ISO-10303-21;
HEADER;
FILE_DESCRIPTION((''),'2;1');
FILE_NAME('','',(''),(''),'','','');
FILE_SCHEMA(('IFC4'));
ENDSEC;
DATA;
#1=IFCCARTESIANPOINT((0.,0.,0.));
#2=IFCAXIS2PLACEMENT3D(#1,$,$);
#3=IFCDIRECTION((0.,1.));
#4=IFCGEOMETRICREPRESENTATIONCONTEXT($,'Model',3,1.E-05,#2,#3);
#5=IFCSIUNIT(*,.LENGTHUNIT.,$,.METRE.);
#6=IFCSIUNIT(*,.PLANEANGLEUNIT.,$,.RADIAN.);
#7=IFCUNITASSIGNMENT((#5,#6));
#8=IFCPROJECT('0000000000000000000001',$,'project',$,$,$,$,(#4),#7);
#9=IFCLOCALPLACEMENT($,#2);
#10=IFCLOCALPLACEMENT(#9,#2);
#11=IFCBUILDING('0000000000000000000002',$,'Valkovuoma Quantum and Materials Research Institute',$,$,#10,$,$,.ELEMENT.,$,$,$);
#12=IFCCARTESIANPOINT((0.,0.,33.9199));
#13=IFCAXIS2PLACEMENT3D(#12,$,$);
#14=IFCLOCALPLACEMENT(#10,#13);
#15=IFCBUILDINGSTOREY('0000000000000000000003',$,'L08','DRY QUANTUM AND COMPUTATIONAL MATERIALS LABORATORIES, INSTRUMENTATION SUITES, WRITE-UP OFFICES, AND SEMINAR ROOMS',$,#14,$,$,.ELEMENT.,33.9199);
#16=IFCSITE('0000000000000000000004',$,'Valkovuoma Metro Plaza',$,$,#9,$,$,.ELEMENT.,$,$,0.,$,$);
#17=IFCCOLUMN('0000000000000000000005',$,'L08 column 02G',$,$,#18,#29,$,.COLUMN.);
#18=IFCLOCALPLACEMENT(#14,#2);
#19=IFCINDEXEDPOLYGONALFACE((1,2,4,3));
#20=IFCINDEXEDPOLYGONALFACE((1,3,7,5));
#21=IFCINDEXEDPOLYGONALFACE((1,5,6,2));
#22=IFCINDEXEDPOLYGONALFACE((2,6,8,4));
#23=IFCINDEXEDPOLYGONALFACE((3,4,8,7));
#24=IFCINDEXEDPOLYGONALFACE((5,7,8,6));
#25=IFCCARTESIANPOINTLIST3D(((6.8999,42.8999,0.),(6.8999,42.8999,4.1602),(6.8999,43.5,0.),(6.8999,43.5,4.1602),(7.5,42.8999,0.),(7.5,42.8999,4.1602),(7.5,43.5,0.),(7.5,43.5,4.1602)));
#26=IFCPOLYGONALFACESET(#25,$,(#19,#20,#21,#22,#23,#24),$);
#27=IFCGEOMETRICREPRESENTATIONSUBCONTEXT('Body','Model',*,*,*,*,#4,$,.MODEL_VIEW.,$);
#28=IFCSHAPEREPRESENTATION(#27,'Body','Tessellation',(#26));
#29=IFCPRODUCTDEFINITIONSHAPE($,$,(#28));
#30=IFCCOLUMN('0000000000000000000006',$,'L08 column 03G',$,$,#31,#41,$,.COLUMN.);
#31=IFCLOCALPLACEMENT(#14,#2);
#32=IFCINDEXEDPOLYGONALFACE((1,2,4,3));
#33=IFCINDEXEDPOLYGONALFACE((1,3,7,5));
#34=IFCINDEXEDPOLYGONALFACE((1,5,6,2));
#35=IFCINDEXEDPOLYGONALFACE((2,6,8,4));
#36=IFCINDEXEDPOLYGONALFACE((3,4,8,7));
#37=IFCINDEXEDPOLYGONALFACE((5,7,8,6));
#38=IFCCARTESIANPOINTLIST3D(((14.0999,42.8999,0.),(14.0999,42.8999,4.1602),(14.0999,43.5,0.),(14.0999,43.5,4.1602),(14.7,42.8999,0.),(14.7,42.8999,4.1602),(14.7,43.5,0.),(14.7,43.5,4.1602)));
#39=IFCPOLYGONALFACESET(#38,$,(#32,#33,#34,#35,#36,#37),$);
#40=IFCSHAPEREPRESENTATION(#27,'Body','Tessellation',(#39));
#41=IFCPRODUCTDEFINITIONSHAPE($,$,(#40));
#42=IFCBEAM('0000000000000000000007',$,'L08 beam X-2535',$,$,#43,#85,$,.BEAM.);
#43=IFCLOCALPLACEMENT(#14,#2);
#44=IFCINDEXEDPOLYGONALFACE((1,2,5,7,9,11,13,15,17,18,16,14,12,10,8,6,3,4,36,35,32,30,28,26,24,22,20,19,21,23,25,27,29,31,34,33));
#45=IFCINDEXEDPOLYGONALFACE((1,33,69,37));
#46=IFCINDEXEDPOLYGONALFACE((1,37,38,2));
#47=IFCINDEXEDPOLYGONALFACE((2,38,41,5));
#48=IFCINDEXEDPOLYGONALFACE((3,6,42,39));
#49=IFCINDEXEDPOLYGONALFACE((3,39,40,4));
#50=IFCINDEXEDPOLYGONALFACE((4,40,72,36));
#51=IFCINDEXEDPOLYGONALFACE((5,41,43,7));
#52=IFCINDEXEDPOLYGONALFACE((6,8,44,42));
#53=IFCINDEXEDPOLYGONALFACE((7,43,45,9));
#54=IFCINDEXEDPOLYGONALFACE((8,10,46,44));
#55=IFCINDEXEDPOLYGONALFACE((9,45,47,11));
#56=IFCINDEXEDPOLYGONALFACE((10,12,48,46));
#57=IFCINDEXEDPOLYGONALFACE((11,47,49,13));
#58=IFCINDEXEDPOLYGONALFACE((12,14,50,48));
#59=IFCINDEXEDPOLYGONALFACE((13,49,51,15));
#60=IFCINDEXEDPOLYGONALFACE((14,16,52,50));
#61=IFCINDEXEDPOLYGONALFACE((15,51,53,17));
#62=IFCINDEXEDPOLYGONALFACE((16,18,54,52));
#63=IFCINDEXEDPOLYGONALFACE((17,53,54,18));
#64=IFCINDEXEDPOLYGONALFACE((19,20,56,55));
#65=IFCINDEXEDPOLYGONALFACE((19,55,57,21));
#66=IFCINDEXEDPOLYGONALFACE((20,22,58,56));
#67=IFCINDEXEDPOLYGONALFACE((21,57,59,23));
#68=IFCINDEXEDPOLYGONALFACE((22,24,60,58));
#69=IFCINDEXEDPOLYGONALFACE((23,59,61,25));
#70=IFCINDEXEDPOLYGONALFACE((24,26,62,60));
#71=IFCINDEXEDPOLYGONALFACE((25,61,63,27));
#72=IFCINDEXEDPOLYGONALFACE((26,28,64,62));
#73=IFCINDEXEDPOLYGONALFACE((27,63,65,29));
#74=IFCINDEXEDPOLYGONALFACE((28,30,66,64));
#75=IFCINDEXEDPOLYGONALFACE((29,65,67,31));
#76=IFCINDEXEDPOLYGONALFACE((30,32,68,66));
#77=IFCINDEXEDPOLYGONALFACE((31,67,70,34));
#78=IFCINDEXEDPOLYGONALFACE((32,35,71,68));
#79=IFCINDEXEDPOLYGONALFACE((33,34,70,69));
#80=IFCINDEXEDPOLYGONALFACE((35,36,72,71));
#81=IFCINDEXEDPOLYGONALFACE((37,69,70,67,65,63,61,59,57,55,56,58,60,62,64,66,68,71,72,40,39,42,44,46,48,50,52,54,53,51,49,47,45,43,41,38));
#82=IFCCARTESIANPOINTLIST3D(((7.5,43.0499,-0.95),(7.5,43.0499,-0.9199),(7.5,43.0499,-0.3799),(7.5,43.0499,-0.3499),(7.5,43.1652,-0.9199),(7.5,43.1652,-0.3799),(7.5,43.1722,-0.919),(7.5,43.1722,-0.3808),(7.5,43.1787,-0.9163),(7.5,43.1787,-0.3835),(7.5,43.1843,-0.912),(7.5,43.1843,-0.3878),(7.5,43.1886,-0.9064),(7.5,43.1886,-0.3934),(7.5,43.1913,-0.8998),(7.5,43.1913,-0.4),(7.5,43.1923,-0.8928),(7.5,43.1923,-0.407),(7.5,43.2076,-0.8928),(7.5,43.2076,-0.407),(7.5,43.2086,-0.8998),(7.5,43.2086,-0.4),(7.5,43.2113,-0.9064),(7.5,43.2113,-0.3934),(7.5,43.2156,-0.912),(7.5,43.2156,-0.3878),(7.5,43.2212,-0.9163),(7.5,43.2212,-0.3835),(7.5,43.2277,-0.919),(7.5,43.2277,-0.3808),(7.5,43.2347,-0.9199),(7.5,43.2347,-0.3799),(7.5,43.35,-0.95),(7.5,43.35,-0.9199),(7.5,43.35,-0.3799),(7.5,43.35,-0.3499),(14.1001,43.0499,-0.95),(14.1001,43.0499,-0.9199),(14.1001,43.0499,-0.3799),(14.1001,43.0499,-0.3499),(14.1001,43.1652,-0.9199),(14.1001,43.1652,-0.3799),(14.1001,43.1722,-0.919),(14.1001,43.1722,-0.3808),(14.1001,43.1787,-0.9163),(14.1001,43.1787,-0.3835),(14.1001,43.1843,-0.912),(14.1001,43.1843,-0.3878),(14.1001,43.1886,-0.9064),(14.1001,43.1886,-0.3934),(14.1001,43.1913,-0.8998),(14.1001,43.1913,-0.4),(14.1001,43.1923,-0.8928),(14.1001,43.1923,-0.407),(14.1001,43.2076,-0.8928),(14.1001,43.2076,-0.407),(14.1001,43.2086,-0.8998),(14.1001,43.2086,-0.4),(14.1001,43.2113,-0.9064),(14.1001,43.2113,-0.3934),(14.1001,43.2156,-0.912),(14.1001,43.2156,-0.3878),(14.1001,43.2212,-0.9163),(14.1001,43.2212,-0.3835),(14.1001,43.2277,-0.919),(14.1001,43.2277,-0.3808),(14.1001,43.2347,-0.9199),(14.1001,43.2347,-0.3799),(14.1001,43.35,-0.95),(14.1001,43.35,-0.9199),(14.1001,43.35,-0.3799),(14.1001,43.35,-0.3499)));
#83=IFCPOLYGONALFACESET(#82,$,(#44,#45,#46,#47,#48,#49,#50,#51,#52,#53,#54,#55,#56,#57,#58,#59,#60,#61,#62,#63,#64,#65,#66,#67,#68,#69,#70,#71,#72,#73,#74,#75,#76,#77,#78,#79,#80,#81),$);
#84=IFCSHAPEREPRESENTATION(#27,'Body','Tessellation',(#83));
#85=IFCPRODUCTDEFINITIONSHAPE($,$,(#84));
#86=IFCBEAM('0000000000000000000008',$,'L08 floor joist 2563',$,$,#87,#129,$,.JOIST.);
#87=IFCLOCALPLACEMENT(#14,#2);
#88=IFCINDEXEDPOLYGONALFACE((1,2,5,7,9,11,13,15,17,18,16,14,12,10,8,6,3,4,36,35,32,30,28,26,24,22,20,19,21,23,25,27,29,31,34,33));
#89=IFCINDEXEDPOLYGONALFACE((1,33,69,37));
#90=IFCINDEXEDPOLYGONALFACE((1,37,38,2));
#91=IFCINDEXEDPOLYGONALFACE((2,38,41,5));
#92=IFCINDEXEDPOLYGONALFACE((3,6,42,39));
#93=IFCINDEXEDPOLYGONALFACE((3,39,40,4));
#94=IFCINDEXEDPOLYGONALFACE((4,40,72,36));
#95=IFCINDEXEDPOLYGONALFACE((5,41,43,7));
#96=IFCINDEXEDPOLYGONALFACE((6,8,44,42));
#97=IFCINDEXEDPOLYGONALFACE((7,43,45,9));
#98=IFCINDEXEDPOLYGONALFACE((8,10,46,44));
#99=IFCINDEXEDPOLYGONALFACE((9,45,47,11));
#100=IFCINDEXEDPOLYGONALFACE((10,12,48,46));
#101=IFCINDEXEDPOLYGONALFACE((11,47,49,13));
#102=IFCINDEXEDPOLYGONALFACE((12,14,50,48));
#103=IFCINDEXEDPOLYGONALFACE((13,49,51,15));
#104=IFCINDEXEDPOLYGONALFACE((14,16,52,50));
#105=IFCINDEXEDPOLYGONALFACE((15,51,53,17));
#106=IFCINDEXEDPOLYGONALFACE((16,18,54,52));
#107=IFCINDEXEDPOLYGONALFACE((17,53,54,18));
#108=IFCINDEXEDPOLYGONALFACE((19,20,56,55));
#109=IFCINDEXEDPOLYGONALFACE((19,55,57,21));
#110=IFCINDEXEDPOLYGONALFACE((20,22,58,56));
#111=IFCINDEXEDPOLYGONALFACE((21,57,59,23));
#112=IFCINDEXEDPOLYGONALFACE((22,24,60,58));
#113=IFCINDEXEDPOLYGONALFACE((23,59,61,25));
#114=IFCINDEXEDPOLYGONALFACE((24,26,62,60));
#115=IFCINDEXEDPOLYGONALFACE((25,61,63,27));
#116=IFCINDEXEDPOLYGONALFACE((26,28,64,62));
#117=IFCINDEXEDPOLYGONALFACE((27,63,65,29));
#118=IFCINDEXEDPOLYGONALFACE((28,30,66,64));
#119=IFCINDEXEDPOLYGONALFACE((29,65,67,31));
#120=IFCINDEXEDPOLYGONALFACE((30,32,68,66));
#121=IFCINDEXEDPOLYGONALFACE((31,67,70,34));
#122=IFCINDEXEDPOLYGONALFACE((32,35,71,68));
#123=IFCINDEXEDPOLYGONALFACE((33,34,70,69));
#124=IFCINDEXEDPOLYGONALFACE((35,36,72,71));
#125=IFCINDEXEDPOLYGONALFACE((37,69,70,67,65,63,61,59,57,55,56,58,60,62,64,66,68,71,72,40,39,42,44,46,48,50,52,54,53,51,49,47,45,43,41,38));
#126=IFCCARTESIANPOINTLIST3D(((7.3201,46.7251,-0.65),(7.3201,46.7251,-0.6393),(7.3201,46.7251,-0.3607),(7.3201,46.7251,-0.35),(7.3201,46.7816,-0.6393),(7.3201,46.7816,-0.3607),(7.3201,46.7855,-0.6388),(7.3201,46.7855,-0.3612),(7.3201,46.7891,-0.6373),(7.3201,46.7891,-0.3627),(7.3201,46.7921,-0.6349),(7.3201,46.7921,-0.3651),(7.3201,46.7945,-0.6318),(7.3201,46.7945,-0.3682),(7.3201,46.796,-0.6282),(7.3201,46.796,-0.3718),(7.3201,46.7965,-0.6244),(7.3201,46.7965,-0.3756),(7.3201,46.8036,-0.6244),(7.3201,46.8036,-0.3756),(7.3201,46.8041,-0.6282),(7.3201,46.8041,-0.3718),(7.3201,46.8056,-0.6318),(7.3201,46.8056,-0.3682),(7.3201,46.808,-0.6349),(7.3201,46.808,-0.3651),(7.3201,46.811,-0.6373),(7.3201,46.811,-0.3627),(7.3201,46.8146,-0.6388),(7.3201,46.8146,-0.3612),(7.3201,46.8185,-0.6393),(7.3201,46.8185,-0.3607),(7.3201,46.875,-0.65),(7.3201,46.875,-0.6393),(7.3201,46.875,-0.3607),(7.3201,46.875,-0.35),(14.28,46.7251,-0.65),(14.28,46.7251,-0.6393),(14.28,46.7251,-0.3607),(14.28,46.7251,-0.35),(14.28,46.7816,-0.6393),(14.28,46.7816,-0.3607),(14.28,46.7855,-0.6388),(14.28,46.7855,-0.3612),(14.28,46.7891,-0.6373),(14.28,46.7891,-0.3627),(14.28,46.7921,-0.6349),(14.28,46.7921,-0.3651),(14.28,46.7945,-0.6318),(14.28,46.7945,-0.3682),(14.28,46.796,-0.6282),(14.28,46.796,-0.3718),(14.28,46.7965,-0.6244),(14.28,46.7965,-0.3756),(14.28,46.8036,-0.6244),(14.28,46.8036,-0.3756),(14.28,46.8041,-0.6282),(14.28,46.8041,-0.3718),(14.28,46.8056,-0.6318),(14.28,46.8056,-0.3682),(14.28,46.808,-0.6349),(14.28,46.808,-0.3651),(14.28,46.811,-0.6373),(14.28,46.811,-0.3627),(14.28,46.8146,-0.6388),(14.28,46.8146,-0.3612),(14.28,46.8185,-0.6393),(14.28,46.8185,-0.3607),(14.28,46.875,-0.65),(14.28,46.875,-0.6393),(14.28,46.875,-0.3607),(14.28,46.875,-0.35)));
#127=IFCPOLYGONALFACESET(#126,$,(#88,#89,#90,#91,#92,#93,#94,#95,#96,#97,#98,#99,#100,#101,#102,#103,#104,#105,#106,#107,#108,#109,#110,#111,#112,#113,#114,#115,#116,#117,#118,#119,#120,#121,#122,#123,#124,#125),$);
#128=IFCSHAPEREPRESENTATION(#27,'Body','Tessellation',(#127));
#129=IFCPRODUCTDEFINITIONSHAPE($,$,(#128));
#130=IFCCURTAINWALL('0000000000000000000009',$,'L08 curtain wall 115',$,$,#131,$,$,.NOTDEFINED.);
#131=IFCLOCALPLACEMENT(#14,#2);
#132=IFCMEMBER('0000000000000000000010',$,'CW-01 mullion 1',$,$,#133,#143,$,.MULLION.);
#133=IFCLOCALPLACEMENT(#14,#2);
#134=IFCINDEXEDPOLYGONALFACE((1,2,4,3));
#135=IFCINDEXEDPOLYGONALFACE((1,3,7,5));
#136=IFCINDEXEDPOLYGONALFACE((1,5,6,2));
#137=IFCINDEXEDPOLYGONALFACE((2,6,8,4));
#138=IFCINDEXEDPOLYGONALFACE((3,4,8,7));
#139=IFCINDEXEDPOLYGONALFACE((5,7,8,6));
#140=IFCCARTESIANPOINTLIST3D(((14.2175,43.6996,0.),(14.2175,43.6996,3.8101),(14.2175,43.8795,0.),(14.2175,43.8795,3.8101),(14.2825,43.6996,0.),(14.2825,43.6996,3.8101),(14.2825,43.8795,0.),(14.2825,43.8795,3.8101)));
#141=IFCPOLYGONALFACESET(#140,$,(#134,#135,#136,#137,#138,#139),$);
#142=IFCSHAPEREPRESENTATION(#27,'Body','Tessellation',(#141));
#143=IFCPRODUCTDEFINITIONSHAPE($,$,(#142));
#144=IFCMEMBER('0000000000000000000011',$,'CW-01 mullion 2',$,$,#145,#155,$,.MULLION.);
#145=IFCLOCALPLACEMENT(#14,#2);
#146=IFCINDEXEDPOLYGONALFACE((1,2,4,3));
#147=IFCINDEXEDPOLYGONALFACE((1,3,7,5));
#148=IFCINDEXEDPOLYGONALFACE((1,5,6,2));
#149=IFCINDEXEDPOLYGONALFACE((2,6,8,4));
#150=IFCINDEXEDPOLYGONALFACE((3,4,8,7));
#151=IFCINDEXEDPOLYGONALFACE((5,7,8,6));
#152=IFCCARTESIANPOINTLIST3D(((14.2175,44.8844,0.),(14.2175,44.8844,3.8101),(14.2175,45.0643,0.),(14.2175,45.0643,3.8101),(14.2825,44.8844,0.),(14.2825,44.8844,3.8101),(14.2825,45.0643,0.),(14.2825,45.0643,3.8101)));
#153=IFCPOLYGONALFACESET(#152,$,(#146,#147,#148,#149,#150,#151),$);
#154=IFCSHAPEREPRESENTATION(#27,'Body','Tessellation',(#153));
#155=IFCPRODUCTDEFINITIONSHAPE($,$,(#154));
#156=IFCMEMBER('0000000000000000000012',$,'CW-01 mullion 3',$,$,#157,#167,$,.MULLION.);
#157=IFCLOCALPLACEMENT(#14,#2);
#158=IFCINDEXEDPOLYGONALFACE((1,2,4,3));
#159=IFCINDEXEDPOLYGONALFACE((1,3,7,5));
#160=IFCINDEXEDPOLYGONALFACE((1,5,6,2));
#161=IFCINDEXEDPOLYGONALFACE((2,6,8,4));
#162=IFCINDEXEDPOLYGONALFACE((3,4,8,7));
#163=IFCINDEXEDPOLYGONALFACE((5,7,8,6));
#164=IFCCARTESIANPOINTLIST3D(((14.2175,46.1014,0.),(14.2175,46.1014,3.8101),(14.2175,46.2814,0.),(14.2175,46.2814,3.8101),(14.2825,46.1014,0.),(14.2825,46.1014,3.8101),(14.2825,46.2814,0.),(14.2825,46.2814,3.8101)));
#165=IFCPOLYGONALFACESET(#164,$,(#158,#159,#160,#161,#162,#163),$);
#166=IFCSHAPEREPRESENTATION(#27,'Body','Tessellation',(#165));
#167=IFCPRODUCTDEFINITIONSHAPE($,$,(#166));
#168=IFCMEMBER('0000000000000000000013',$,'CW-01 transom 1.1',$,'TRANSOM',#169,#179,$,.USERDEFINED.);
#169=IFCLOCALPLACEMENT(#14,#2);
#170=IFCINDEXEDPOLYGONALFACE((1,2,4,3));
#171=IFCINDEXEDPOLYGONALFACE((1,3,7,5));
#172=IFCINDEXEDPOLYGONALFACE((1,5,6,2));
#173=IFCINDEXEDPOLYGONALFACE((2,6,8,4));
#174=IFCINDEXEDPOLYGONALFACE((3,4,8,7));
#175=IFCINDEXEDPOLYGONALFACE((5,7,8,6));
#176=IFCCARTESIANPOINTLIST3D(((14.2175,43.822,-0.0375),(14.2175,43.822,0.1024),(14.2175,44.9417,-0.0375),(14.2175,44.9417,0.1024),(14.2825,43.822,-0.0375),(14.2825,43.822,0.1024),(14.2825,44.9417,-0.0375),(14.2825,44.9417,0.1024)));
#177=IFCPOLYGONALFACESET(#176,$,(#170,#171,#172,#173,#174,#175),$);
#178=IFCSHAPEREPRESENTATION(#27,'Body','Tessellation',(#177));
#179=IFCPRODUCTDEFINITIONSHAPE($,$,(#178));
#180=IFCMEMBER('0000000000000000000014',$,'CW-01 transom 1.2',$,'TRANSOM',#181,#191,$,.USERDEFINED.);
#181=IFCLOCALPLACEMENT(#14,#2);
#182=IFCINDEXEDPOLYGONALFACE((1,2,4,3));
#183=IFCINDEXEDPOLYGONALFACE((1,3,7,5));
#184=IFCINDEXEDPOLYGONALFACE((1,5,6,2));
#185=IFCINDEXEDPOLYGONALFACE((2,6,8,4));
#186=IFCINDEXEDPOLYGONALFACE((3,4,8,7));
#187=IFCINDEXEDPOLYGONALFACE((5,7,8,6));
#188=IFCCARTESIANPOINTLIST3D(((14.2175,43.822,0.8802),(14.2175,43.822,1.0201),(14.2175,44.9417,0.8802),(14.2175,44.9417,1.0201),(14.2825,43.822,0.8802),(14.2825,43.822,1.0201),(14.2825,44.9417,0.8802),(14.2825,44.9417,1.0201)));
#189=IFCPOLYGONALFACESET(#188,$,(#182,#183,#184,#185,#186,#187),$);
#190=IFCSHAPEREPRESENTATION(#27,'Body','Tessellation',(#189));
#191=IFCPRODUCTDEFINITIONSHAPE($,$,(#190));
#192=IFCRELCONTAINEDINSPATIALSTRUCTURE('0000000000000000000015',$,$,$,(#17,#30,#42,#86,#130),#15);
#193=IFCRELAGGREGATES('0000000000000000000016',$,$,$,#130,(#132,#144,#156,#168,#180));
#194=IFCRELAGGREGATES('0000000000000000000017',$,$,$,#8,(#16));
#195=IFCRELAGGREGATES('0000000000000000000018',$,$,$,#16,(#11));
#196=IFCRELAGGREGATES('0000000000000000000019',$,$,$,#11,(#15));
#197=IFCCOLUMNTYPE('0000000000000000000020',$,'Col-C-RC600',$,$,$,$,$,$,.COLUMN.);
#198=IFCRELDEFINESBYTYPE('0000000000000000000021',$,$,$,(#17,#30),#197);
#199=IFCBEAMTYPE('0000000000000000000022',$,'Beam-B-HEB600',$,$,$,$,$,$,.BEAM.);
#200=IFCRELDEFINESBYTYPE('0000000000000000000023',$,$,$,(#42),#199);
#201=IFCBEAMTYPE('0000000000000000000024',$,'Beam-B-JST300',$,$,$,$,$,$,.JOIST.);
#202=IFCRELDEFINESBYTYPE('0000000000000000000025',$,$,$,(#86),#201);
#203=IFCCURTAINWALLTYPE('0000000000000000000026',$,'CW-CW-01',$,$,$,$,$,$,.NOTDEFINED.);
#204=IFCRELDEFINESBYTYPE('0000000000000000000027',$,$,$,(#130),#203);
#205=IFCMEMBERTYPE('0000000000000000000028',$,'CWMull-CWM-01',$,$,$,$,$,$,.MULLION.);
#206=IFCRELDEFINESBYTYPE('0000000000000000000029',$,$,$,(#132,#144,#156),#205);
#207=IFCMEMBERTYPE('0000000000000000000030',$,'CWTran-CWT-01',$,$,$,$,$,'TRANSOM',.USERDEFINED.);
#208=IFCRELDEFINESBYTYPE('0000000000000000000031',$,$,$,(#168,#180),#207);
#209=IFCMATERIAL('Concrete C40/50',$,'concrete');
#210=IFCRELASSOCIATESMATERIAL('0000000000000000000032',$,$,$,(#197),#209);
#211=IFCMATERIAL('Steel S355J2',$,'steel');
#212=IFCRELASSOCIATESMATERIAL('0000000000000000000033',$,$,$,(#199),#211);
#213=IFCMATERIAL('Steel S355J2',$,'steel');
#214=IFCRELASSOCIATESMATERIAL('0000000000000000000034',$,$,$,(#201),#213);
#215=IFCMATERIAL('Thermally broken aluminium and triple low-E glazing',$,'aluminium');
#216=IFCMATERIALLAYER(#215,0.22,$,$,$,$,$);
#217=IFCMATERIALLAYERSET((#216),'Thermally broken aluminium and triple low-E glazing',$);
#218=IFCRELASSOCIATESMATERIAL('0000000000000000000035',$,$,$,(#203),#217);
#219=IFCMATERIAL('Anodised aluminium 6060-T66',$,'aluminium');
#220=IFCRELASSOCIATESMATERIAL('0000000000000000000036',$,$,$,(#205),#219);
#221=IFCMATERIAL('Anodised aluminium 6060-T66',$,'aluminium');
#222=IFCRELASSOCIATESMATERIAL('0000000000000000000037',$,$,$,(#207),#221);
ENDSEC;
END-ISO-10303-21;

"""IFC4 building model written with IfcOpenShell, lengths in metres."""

from ifc_helpers import new_model, si_unit, direction, frame, origin, origin_2d, place, context, subcontext, project, spatial, rectangle, i_section, extrude, material, layer, layer_set, material_profile, profile_set, type_object, element, aggregate, save


model = new_model("IFC4")

# Units and contexts
model_context = context("Model", 3, precision=1e-05, world=origin(), true_north=direction((0.0, 1.0)))
body_context = subcontext(model_context, "Body", "Model", "MODEL_VIEW")
ifc_project = project(units=[si_unit("LENGTHUNIT", "METRE"), si_unit("PLANEANGLEUNIT", "RADIAN")], contexts=[model_context])

# Site, building, storey
site_placement = place(None, origin())
site = spatial("IfcSite", under=ifc_project, at=site_placement, Name="Valkovuoma Metro Plaza", CompositionType="ELEMENT", RefElevation=0.0)
building_placement = place(site_placement, origin())
building = spatial("IfcBuilding", under=site, at=building_placement, Name="Valkovuoma Quantum and Materials Research Institute", CompositionType="ELEMENT")
storey_placement = place(building_placement, frame((0.0, 0.0, 33.9199)))
storey = spatial("IfcBuildingStorey", under=building, at=storey_placement, Name="L08", Description="DRY QUANTUM AND COMPUTATIONAL MATERIALS LABORATORIES, INSTRUMENTATION SUITES, WRITE-UP OFFICES, AND SEMINAR ROOMS", CompositionType="ELEMENT", Elevation=33.9199)

# Columns
ifc_material_1 = material(Name="Concrete C40/50", Category="concrete")
ifc_material_profile_1 = material_profile(ifc_material_1, rectangle(XDim=0.6001, YDim=0.6001, at=origin_2d()), Name="Concrete C40/50")
ifc_profile_set_1 = profile_set([ifc_material_profile_1], Name="Concrete C40/50")
column_type = type_object("IfcColumnType", Name="Col-C-RC600", PredefinedType="COLUMN", material=ifc_profile_set_1)
for number, where, z_axis, x_axis, name in (
    (1, (7.2, 43.2, 0.0), (0.0, 0.0, 1.0), (1.0, 0.0, 0.0), "L08 column 02G"),
    (2, (14.3999, 43.2, 0.0), (0.0, 0.0, 1.0), (1.0, 0.0, 0.0), "L08 column 03G"),
):
    element("IfcColumn", number, at=place(storey_placement, frame(where, z_axis=z_axis, x_axis=x_axis)), inside=storey, type_object=column_type, Name=name, PredefinedType="COLUMN", context=body_context, shape_type="SweptSolid", body=[
        extrude(rectangle(XDim=0.6001, YDim=0.6001, at=origin_2d()), origin(), (0.0, 0.0, 1.0), 4.1602),
    ])

# Beams
ifc_material_2 = material(Name="Steel S355J2", Category="steel")
ifc_material_profile_2 = material_profile(ifc_material_2, i_section(OverallWidth=0.3, OverallDepth=0.6001, WebThickness=0.0154, FlangeThickness=0.03, FilletRadius=0.0271, at=origin_2d()), Name="Steel S355J2")
ifc_profile_set_2 = profile_set([ifc_material_profile_2], Name="Steel S355J2")
beam_type_1 = type_object("IfcBeamType", Name="Beam-B-HEB600", PredefinedType="BEAM", material=ifc_profile_set_2)
beam_1_placement = place(storey_placement, frame((7.5, 43.2, -0.6499), z_axis=(1.0, 0.0, 0.0), x_axis=(0.0, 1.0, 0.0)))
element("IfcBeam", 3, at=beam_1_placement, inside=storey, type_object=beam_type_1, Name="L08 beam X-2535", PredefinedType="BEAM", context=body_context, shape_type="SweptSolid", body=[
    extrude(i_section(OverallWidth=0.3, OverallDepth=0.6001, WebThickness=0.0154, FlangeThickness=0.03, FilletRadius=0.0271, at=origin_2d()), origin(), (0.0, 0.0, 1.0), 6.6001),
])
ifc_material_3 = material(Name="Steel S355J2", Category="steel")
ifc_material_profile_3 = material_profile(ifc_material_3, i_section(OverallWidth=0.1499, OverallDepth=0.3, WebThickness=0.0071, FlangeThickness=0.0107, FilletRadius=0.0149, at=origin_2d()), Name="Steel S355J2")
ifc_profile_set_3 = profile_set([ifc_material_profile_3], Name="Steel S355J2")
beam_type_2 = type_object("IfcBeamType", Name="Beam-B-JST300", PredefinedType="JOIST", material=ifc_profile_set_3)
beam_2_placement = place(storey_placement, frame((7.3201, 46.8, -0.5), z_axis=(1.0, 0.0, 0.0), x_axis=(0.0, 1.0, 0.0)))
element("IfcBeam", 4, at=beam_2_placement, inside=storey, type_object=beam_type_2, Name="L08 floor joist 2563", PredefinedType="JOIST", context=body_context, shape_type="SweptSolid", body=[
    extrude(i_section(OverallWidth=0.1499, OverallDepth=0.3, WebThickness=0.0071, FlangeThickness=0.0107, FilletRadius=0.0149, at=origin_2d()), origin(), (0.0, 0.0, 1.0), 6.96),
])

# Curtain wall, members
ifc_material_4 = material(Name="Thermally broken aluminium and triple low-E glazing", Category="aluminium")
ifc_layer_1 = layer(ifc_material_4, 0.22)
ifc_layer_set_1 = layer_set([ifc_layer_1], Name="Thermally broken aluminium and triple low-E glazing")
curtain_wall_type = type_object("IfcCurtainWallType", Name="CW-CW-01", PredefinedType="NOTDEFINED", material=ifc_layer_set_1)
curtain_wall_placement = place(storey_placement, origin())
curtain_wall = element("IfcCurtainWall", 5, at=curtain_wall_placement, inside=storey, type_object=curtain_wall_type, Name="L08 curtain wall 115", PredefinedType="NOTDEFINED")
ifc_material_5 = material(Name="Anodised aluminium 6060-T66", Category="aluminium")
ifc_material_profile_4 = material_profile(ifc_material_5, rectangle(XDim=0.0649, YDim=0.1799, at=origin_2d()), Name="Anodised aluminium 6060-T66")
ifc_profile_set_4 = profile_set([ifc_material_profile_4], Name="Anodised aluminium 6060-T66")
member_type_1 = type_object("IfcMemberType", Name="CWMull-CWM-01", PredefinedType="MULLION", material=ifc_profile_set_4)
member_1_placement = place(storey_placement, frame((14.25, 43.7896, 0.0), z_axis=(0.0, 0.0, 1.0), x_axis=(-1.0, 0.0, 0.0)))
member_1 = element("IfcMember", 6, at=member_1_placement, type_object=member_type_1, Name="CW-01 mullion 1", PredefinedType="MULLION", context=body_context, shape_type="SweptSolid", body=[
    extrude(rectangle(XDim=0.0649, YDim=0.1799, at=origin_2d()), origin(), (0.0, 0.0, 1.0), 3.8101),
])
member_2_placement = place(storey_placement, frame((14.25, 44.9744, 0.0), z_axis=(0.0, 0.0, 1.0), x_axis=(-1.0, 0.0, 0.0)))
member_2 = element("IfcMember", 7, at=member_2_placement, type_object=member_type_1, Name="CW-01 mullion 2", PredefinedType="MULLION", context=body_context, shape_type="SweptSolid", body=[
    extrude(rectangle(XDim=0.0649, YDim=0.1799, at=origin_2d()), origin(), (0.0, 0.0, 1.0), 3.8101),
])
member_3_placement = place(storey_placement, frame((14.25, 46.1914, 0.0), z_axis=(0.0, 0.0, 1.0), x_axis=(-1.0, 0.0, 0.0)))
member_3 = element("IfcMember", 8, at=member_3_placement, type_object=member_type_1, Name="CW-01 mullion 3", PredefinedType="MULLION", context=body_context, shape_type="SweptSolid", body=[
    extrude(rectangle(XDim=0.0649, YDim=0.1799, at=origin_2d()), origin(), (0.0, 0.0, 1.0), 3.8101),
])
ifc_material_6 = material(Name="Anodised aluminium 6060-T66", Category="aluminium")
ifc_material_profile_5 = material_profile(ifc_material_6, rectangle(XDim=0.0649, YDim=0.1399, at=origin_2d()), Name="Anodised aluminium 6060-T66")
ifc_profile_set_5 = profile_set([ifc_material_profile_5], Name="Anodised aluminium 6060-T66")
member_type_2 = type_object("IfcMemberType", Name="CWTran-CWT-01", ElementType="TRANSOM", PredefinedType="USERDEFINED", material=ifc_profile_set_5)
member_4_placement = place(storey_placement, frame((14.25, 43.822, 0.0325), z_axis=(0.0, 1.0, 0.0), x_axis=(-1.0, 0.0, 0.0)))
member_4 = element("IfcMember", 9, at=member_4_placement, type_object=member_type_2, Name="CW-01 transom 1.1", ObjectType="TRANSOM", PredefinedType="USERDEFINED", context=body_context, shape_type="SweptSolid", body=[
    extrude(rectangle(XDim=0.0649, YDim=0.1399, at=origin_2d()), origin(), (0.0, 0.0, 1.0), 1.1196),
])
member_5_placement = place(storey_placement, frame((14.25, 43.822, 0.9502), z_axis=(0.0, 1.0, 0.0), x_axis=(-1.0, 0.0, 0.0)))
member_5 = element("IfcMember", 10, at=member_5_placement, type_object=member_type_2, Name="CW-01 transom 1.2", ObjectType="TRANSOM", PredefinedType="USERDEFINED", context=body_context, shape_type="SweptSolid", body=[
    extrude(rectangle(XDim=0.0649, YDim=0.1399, at=origin_2d()), origin(), (0.0, 0.0, 1.0), 1.1196),
])
aggregate(curtain_wall, [member_1, member_2, member_3, member_4, member_5])

save(model, "model.ifc")
